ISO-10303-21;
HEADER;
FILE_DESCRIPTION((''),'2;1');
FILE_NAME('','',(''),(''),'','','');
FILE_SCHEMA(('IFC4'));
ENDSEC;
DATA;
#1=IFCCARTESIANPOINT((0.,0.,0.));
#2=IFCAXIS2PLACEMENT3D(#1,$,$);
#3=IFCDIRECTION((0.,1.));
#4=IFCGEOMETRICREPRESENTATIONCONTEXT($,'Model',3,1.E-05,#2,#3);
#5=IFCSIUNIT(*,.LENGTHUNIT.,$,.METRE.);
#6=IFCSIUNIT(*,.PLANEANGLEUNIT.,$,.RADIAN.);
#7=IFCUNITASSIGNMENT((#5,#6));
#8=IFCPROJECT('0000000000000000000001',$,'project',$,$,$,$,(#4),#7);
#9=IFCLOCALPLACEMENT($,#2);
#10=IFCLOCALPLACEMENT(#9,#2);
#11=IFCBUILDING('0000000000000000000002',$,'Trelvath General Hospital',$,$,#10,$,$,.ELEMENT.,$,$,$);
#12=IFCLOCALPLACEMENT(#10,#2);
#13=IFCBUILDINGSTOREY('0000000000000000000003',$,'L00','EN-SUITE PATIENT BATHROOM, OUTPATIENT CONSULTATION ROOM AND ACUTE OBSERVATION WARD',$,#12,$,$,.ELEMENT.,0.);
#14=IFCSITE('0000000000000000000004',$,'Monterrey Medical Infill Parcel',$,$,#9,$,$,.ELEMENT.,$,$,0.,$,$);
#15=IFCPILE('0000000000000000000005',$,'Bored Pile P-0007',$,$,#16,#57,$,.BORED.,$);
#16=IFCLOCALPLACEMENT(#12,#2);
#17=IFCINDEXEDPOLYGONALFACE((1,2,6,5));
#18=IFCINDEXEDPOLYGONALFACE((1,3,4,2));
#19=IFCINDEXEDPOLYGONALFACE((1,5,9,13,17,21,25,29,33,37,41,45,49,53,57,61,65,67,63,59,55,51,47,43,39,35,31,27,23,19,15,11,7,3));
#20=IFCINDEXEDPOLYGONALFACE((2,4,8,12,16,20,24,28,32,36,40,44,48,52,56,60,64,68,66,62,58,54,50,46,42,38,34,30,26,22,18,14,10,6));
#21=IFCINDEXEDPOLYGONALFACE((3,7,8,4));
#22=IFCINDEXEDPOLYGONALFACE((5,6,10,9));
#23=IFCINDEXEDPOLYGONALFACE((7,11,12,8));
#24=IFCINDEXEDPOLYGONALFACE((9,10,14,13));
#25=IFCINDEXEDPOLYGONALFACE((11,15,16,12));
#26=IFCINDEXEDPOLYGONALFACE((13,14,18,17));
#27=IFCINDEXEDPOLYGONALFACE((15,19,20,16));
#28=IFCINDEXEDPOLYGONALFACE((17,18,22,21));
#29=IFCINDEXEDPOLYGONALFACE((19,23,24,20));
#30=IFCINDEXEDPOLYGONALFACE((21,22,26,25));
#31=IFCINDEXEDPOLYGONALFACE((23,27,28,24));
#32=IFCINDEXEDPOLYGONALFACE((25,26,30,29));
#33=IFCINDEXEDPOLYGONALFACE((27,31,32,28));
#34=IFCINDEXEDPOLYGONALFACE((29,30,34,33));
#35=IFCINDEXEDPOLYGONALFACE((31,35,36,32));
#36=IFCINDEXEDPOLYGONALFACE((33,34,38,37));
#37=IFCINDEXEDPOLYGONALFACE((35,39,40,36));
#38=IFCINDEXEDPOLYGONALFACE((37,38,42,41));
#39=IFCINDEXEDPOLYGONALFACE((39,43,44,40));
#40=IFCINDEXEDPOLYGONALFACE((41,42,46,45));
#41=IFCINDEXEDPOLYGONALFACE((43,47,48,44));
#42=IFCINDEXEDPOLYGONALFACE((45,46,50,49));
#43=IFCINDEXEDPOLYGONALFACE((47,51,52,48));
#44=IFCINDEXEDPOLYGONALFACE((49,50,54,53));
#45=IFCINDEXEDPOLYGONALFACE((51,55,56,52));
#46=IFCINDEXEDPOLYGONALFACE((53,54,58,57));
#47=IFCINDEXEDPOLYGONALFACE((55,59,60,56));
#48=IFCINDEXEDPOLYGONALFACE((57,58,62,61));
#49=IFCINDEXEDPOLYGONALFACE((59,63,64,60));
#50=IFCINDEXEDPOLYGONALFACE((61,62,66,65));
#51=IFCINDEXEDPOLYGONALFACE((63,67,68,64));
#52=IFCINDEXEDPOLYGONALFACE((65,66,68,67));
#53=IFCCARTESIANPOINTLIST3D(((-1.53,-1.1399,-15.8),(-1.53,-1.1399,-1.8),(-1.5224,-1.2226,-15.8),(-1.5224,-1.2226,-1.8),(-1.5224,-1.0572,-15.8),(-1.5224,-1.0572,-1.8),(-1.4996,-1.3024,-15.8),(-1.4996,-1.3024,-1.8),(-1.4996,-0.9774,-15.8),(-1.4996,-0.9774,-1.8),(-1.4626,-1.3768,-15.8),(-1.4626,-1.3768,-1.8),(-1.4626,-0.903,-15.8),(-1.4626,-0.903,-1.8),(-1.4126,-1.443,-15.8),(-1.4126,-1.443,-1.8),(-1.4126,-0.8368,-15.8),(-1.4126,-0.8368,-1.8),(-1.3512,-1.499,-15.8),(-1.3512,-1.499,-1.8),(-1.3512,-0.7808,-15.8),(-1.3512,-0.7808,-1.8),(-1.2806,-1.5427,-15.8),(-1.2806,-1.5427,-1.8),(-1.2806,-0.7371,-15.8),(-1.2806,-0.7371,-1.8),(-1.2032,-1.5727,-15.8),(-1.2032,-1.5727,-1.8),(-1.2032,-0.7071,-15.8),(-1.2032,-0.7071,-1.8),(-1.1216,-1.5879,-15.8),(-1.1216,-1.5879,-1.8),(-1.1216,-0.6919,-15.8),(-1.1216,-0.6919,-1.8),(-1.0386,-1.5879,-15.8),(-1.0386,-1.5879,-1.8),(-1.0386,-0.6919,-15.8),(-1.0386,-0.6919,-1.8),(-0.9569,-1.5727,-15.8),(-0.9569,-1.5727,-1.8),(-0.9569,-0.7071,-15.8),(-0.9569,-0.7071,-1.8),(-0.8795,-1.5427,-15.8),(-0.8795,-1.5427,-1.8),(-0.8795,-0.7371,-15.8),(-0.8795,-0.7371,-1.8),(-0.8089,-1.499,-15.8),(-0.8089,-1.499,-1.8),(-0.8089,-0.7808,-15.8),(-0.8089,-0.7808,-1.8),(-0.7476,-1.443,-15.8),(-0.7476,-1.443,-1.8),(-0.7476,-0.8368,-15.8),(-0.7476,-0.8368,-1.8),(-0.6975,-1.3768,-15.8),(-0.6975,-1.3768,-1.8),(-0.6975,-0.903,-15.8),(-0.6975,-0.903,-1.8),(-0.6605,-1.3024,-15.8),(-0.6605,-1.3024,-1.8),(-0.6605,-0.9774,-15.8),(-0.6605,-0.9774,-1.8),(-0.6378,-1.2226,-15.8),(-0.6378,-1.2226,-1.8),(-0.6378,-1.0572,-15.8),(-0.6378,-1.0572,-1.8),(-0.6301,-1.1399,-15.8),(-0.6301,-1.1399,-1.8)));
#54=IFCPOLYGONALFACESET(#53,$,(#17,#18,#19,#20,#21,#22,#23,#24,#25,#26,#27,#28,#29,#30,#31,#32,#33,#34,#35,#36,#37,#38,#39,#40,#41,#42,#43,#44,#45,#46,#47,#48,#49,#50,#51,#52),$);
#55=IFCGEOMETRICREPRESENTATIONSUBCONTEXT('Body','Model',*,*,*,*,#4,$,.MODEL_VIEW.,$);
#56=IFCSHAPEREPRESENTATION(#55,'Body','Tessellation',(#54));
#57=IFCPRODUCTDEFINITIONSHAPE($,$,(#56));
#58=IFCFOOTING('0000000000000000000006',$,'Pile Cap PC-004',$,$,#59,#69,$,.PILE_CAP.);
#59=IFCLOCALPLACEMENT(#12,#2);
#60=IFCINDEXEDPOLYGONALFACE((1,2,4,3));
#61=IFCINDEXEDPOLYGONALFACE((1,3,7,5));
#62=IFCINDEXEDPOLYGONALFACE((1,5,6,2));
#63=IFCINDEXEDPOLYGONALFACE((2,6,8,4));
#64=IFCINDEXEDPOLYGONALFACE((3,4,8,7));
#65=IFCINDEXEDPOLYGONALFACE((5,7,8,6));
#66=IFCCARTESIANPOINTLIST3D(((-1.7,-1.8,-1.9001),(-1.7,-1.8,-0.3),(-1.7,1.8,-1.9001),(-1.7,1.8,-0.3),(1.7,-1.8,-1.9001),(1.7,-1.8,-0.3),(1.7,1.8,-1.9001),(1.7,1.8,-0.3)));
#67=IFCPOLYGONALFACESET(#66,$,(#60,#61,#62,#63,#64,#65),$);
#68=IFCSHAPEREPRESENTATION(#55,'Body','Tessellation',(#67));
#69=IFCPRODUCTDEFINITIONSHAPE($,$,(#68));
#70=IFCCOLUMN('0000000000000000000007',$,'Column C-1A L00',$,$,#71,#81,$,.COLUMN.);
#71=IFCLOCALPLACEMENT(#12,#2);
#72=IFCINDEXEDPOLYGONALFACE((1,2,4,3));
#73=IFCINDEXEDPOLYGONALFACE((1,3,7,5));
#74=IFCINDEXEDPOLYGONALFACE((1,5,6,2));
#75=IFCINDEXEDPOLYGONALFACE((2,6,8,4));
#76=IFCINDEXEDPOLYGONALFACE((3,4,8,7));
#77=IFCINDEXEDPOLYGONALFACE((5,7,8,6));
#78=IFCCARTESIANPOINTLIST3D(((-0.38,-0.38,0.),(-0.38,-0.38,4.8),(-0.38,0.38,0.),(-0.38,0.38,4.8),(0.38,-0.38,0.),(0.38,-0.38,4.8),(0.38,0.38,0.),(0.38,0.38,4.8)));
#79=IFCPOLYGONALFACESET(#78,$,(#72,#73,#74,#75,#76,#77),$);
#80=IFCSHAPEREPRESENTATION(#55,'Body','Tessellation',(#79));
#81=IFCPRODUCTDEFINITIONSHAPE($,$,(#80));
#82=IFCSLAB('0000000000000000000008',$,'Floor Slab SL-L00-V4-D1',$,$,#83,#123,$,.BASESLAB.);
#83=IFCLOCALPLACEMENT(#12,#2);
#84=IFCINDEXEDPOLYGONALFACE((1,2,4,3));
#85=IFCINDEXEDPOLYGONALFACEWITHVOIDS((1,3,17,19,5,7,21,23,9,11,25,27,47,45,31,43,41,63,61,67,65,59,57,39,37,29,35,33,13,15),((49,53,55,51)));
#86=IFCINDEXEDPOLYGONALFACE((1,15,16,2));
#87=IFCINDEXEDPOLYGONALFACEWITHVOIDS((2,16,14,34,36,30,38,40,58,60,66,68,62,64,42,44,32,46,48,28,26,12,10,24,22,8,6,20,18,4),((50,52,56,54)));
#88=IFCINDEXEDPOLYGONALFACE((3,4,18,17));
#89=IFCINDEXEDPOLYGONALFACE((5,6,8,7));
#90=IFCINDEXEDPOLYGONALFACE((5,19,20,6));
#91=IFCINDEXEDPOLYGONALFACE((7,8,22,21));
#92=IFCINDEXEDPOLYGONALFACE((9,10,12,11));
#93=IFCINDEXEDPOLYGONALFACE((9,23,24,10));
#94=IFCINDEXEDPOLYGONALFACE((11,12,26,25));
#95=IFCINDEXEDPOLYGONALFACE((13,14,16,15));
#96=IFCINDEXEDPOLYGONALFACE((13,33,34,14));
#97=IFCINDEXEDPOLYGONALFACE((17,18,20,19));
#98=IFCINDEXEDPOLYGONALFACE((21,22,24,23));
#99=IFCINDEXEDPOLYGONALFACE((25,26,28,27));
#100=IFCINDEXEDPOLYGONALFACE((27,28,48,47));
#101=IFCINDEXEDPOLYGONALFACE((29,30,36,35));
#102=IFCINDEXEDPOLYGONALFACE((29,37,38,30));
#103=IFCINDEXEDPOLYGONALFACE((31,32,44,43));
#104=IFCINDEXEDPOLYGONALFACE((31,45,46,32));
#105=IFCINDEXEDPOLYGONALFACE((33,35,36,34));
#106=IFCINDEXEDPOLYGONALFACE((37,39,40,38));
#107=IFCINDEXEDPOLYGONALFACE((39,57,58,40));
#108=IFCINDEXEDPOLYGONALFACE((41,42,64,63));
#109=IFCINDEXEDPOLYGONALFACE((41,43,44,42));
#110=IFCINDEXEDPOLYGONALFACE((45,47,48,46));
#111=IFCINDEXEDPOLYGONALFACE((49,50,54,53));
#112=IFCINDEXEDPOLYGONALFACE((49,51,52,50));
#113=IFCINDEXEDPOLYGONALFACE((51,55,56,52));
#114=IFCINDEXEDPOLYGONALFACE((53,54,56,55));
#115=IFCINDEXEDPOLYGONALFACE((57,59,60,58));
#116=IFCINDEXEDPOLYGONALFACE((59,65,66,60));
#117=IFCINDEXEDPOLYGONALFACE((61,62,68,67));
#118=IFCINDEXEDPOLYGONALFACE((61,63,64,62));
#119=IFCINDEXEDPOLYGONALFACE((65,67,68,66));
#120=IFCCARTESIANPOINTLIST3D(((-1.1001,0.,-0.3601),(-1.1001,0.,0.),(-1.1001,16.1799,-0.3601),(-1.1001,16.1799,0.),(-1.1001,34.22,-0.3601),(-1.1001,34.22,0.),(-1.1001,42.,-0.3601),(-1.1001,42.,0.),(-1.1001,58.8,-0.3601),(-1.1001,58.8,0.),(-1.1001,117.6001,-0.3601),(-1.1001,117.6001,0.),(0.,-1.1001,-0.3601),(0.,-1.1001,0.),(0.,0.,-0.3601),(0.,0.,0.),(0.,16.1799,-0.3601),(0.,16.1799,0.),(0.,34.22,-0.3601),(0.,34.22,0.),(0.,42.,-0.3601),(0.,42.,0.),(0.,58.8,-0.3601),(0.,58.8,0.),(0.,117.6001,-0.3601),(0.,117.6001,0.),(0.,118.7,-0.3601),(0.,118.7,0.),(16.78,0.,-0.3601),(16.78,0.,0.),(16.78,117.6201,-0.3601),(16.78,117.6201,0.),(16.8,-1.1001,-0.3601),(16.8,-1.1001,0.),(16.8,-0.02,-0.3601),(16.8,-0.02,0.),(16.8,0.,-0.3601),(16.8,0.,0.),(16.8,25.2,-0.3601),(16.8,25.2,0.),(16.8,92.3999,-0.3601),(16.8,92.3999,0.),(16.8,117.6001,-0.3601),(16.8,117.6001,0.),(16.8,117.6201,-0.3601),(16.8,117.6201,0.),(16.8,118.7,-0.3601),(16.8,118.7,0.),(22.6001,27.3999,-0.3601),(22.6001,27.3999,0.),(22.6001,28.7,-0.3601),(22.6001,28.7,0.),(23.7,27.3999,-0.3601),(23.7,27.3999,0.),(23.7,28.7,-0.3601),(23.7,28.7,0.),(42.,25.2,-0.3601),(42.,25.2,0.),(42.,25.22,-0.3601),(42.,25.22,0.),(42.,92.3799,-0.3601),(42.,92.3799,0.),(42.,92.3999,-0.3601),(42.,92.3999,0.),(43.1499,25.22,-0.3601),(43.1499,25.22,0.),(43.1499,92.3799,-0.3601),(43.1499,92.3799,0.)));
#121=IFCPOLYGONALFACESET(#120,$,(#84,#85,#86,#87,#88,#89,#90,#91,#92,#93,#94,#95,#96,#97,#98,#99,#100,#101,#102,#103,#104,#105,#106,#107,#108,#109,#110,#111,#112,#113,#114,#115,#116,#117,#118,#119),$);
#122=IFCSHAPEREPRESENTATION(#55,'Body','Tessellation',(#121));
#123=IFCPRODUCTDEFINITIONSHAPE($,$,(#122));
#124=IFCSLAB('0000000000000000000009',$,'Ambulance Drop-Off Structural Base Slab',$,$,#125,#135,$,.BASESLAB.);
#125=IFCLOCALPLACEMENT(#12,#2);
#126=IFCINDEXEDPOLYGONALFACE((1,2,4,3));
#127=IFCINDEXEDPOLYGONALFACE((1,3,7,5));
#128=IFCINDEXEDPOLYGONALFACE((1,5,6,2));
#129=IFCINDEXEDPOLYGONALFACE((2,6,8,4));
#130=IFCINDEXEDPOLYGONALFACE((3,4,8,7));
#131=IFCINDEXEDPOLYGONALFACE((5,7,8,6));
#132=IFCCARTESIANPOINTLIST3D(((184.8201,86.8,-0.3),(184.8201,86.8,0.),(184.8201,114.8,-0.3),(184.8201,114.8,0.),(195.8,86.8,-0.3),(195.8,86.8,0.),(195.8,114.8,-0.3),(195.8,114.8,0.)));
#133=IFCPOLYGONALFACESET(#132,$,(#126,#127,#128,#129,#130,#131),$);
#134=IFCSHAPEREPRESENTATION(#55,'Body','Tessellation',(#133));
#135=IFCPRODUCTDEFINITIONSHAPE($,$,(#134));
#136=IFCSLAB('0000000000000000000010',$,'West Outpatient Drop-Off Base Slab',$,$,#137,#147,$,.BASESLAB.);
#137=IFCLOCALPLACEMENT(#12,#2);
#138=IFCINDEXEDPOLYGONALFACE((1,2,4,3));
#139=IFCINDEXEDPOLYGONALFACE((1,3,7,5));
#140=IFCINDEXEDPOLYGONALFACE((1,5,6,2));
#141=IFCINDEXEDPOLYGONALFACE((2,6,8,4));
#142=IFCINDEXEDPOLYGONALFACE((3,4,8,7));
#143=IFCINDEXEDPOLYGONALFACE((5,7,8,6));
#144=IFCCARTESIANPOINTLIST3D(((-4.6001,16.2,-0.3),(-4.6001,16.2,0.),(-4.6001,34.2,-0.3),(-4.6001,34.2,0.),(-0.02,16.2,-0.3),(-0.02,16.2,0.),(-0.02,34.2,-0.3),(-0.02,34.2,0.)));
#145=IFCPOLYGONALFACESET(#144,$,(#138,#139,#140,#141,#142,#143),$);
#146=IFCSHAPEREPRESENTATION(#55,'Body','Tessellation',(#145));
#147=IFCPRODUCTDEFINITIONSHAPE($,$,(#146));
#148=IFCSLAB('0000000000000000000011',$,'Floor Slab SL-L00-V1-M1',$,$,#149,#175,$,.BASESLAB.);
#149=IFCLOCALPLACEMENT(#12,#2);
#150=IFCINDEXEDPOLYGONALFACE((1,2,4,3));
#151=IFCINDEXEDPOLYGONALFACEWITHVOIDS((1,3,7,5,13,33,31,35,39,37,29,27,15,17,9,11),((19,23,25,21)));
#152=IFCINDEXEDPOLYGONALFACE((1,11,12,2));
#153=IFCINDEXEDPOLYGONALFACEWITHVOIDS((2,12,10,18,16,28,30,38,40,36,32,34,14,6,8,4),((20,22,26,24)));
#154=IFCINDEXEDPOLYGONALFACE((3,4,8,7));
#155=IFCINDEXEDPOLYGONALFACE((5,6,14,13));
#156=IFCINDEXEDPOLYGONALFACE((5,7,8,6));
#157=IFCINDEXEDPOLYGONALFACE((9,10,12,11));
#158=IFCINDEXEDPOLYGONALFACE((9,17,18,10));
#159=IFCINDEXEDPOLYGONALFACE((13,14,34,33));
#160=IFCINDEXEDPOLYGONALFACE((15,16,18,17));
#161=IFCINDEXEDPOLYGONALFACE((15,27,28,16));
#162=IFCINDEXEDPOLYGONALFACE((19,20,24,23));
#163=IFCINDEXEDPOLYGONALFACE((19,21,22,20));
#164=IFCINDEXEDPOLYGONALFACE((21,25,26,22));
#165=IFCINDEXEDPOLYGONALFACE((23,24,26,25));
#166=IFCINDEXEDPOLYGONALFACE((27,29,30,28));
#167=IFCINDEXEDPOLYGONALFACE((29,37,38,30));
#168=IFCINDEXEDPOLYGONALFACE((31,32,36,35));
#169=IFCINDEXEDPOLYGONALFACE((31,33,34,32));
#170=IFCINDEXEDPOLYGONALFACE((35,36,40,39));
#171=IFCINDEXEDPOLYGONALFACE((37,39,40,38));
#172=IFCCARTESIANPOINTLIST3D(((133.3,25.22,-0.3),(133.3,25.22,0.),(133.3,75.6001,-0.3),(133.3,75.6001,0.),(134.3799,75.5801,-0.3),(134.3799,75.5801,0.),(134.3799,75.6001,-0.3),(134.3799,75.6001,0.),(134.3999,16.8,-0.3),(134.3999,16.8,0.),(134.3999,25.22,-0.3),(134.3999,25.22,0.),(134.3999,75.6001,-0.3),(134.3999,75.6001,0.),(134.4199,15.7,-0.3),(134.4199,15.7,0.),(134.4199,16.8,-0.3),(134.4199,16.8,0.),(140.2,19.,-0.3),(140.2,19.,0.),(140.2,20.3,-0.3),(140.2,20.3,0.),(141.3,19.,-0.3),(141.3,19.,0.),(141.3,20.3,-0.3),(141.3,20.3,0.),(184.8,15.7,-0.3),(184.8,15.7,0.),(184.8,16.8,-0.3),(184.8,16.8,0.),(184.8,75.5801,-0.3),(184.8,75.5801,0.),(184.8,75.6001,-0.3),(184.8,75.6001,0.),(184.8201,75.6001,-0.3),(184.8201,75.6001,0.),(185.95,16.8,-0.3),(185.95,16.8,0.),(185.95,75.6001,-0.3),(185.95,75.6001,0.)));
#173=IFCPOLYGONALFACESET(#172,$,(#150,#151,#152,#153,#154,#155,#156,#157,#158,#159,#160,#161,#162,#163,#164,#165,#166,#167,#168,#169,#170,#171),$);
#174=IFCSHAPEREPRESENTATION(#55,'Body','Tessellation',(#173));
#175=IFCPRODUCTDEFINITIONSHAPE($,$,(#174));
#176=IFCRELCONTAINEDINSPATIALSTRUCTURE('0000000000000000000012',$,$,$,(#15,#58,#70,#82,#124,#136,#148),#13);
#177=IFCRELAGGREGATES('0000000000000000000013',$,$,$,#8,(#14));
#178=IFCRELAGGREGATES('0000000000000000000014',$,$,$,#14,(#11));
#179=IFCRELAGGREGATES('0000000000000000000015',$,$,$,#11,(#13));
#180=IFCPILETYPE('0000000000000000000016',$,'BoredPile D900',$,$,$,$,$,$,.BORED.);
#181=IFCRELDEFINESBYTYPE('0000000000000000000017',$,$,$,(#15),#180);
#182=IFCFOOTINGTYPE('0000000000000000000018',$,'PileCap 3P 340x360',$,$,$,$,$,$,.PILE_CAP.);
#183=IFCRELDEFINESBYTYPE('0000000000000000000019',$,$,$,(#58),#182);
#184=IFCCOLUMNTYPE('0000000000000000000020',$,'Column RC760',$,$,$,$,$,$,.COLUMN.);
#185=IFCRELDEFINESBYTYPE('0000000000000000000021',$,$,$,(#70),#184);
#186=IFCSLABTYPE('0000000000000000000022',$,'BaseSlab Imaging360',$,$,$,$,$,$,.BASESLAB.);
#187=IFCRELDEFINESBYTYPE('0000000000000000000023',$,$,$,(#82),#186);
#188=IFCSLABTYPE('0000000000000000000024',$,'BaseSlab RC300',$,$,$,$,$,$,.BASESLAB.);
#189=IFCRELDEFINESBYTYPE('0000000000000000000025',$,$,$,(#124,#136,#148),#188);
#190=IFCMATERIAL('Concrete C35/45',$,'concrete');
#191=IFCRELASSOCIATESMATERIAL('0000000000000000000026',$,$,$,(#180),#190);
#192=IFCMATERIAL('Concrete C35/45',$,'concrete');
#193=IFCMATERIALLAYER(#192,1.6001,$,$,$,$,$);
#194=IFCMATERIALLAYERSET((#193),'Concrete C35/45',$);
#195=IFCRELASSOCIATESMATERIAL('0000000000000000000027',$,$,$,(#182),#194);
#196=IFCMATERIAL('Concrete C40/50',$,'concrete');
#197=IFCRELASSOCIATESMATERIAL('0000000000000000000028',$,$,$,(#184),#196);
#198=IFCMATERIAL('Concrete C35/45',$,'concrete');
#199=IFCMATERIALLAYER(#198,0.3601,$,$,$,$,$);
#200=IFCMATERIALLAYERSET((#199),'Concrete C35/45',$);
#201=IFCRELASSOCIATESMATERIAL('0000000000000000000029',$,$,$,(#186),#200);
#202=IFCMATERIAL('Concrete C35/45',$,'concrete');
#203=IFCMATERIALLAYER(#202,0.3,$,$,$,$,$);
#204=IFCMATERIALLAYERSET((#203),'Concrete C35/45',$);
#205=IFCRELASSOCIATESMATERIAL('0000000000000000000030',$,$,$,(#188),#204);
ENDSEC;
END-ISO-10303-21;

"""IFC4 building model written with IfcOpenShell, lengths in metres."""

from ifc_helpers import new_model, si_unit, direction, frame, origin, origin_with_axes, origin_2d, place, context, subcontext, project, spatial, polyline, rectangle, circle, outline, extrude, material, layer, layer_set, material_profile, profile_set, type_object, element, save


model = new_model("IFC4")

# Units and contexts
model_context = context("Model", 3, precision=1e-05, world=origin(), true_north=direction((0.0, 1.0)))
body_context = subcontext(model_context, "Body", "Model", "MODEL_VIEW")
ifc_project = project(units=[si_unit("LENGTHUNIT", "METRE"), si_unit("PLANEANGLEUNIT", "RADIAN")], contexts=[model_context])

# Site, building, storey
site_placement = place(None, origin())
site = spatial("IfcSite", under=ifc_project, at=site_placement, Name="Monterrey Medical Infill Parcel", CompositionType="ELEMENT", RefElevation=0.0)
building_placement = place(site_placement, origin())
building = spatial("IfcBuilding", under=site, at=building_placement, Name="Trelvath General Hospital", CompositionType="ELEMENT")
storey_placement = place(building_placement, origin())
storey = spatial("IfcBuildingStorey", under=building, at=storey_placement, Name="L00", Description="EN-SUITE PATIENT BATHROOM, OUTPATIENT CONSULTATION ROOM AND ACUTE OBSERVATION WARD", CompositionType="ELEMENT", Elevation=0.0)

# Pile
ifc_material_1 = material(Name="Concrete C35/45", Category="concrete")
ifc_material_profile_1 = material_profile(ifc_material_1, circle(Radius=0.45, at=origin_2d()), Name="PILE900")
ifc_profile_set_1 = profile_set([ifc_material_profile_1], Name="Concrete C35/45")
pile_type = type_object("IfcPileType", Name="BoredPile D900", PredefinedType="BORED", material=ifc_profile_set_1)
pile_placement = place(storey_placement, frame((-1.0801, -1.1399, -1.8), z_axis=(0.0, 0.0, -1.0), x_axis=(1.0, 0.0, 0.0)))
element("IfcPile", 1, at=pile_placement, inside=storey, type_object=pile_type, Name="Bored Pile P-0007", PredefinedType="BORED", context=body_context, shape_type="SweptSolid", body=[
    extrude(circle(Radius=0.45, at=origin_2d()), origin(), (0.0, 0.0, 1.0), 14.0),
])

# Footing
ifc_material_2 = material(Name="Concrete C35/45", Category="concrete")
ifc_layer_1 = layer(ifc_material_2, 1.6001)
ifc_layer_set_1 = layer_set([ifc_layer_1], Name="Concrete C35/45")
footing_type = type_object("IfcFootingType", Name="PileCap 3P 340x360", PredefinedType="PILE_CAP", material=ifc_layer_set_1)
footing_placement = place(storey_placement, frame((0.0, 0.0, -1.9001), z_axis=(0.0, 0.0, 1.0), x_axis=(1.0, 0.0, 0.0)))
element("IfcFooting", 2, at=footing_placement, inside=storey, type_object=footing_type, Name="Pile Cap PC-004", PredefinedType="PILE_CAP", context=body_context, shape_type="SweptSolid", body=[
    extrude(rectangle(XDim=3.3999, YDim=3.6001, at=origin_2d()), origin(), (0.0, 0.0, 1.0), 1.6001),
])

# Column
ifc_material_3 = material(Name="Concrete C40/50", Category="concrete")
ifc_material_profile_2 = material_profile(ifc_material_3, rectangle(XDim=0.76, YDim=0.76, at=origin_2d()), Name="RC760x760")
ifc_profile_set_2 = profile_set([ifc_material_profile_2], Name="Concrete C40/50")
column_type = type_object("IfcColumnType", Name="Column RC760", PredefinedType="COLUMN", material=ifc_profile_set_2)
column_placement = place(storey_placement, origin_with_axes())
element("IfcColumn", 3, at=column_placement, inside=storey, type_object=column_type, Name="Column C-1A L00", PredefinedType="COLUMN", context=body_context, shape_type="SweptSolid", body=[
    extrude(rectangle(XDim=0.76, YDim=0.76, at=origin_2d()), origin(), (0.0, 0.0, 1.0), 4.8),
])

# Slabs
ifc_material_4 = material(Name="Concrete C35/45", Category="concrete")
ifc_layer_2 = layer(ifc_material_4, 0.3601)
ifc_layer_set_2 = layer_set([ifc_layer_2], Name="Concrete C35/45")
slab_type_1 = type_object("IfcSlabType", Name="BaseSlab Imaging360", PredefinedType="BASESLAB", material=ifc_layer_set_2)
slab_1_placement = place(storey_placement, frame((0.0, 0.0, -0.3601)))
element("IfcSlab", 4, at=slab_1_placement, inside=storey, type_object=slab_type_1, Name="Floor Slab SL-L00-V4-D1", PredefinedType="BASESLAB", context=body_context, shape_type="SweptSolid", body=[
    extrude(outline(polyline([(16.8, -1.1001), (0.0, -1.1001), (0.0, 0.0), (-1.1001, 0.0), (-1.1001, 16.1799), (0.0, 16.1799), (0.0, 34.22), (-1.1001, 34.22), (-1.1001, 42.0), (0.0, 42.0), (0.0, 58.8), (-1.1001, 58.8), (-1.1001, 117.6001), (0.0, 117.6001), (0.0, 118.7), (16.8, 118.7), (16.8, 117.6201), (16.78, 117.6201), (16.8, 117.6001), (16.8, 92.3999), (42.0, 92.3999), (42.0, 92.3799), (43.1499, 92.3799), (43.1499, 25.22), (42.0, 25.22), (42.0, 25.2), (16.8, 25.2), (16.8, 0.0), (16.78, 0.0), (16.8, -0.02), (16.8, -1.1001)]), holes=[polyline([(22.6001, 27.3999), (23.7, 27.3999), (23.7, 28.7), (22.6001, 28.7), (22.6001, 27.3999)])]), origin(), (0.0, 0.0, 1.0), 0.3601),
])
ifc_material_5 = material(Name="Concrete C35/45", Category="concrete")
ifc_layer_3 = layer(ifc_material_5, 0.3)
ifc_layer_set_3 = layer_set([ifc_layer_3], Name="Concrete C35/45")
slab_type_2 = type_object("IfcSlabType", Name="BaseSlab RC300", PredefinedType="BASESLAB", material=ifc_layer_set_3)
slab_2_placement = place(storey_placement, frame((0.0, 0.0, -0.3)))
element("IfcSlab", 5, at=slab_2_placement, inside=storey, type_object=slab_type_2, Name="Ambulance Drop-Off Structural Base Slab", PredefinedType="BASESLAB", context=body_context, shape_type="SweptSolid", body=[
    extrude(outline(polyline([(184.8201, 86.8), (195.8, 86.8), (195.8, 114.8), (184.8201, 114.8), (184.8201, 86.8)])), origin(), (0.0, 0.0, 1.0), 0.3),
])
slab_3_placement = place(storey_placement, frame((0.0, 0.0, -0.3)))
element("IfcSlab", 6, at=slab_3_placement, inside=storey, type_object=slab_type_2, Name="West Outpatient Drop-Off Base Slab", PredefinedType="BASESLAB", context=body_context, shape_type="SweptSolid", body=[
    extrude(outline(polyline([(-4.6001, 16.2), (-0.02, 16.2), (-0.02, 34.2), (-4.6001, 34.2), (-4.6001, 16.2)])), origin(), (0.0, 0.0, 1.0), 0.3),
])
slab_4_placement = place(storey_placement, frame((0.0, 0.0, -0.3)))
element("IfcSlab", 7, at=slab_4_placement, inside=storey, type_object=slab_type_2, Name="Floor Slab SL-L00-V1-M1", PredefinedType="BASESLAB", context=body_context, shape_type="SweptSolid", body=[
    extrude(outline(polyline([(133.3, 25.22), (133.3, 75.6001), (134.3799, 75.6001), (134.3799, 75.5801), (134.3999, 75.6001), (184.8, 75.6001), (184.8, 75.5801), (184.8201, 75.6001), (185.95, 75.6001), (185.95, 16.8), (184.8, 16.8), (184.8, 15.7), (134.4199, 15.7), (134.4199, 16.8), (134.3999, 16.8), (134.3999, 25.22), (133.3, 25.22)]), holes=[polyline([(140.2, 19.0), (141.3, 19.0), (141.3, 20.3), (140.2, 20.3), (140.2, 19.0)])]), origin(), (0.0, 0.0, 1.0), 0.3),
])

save(model, "model.ifc")
